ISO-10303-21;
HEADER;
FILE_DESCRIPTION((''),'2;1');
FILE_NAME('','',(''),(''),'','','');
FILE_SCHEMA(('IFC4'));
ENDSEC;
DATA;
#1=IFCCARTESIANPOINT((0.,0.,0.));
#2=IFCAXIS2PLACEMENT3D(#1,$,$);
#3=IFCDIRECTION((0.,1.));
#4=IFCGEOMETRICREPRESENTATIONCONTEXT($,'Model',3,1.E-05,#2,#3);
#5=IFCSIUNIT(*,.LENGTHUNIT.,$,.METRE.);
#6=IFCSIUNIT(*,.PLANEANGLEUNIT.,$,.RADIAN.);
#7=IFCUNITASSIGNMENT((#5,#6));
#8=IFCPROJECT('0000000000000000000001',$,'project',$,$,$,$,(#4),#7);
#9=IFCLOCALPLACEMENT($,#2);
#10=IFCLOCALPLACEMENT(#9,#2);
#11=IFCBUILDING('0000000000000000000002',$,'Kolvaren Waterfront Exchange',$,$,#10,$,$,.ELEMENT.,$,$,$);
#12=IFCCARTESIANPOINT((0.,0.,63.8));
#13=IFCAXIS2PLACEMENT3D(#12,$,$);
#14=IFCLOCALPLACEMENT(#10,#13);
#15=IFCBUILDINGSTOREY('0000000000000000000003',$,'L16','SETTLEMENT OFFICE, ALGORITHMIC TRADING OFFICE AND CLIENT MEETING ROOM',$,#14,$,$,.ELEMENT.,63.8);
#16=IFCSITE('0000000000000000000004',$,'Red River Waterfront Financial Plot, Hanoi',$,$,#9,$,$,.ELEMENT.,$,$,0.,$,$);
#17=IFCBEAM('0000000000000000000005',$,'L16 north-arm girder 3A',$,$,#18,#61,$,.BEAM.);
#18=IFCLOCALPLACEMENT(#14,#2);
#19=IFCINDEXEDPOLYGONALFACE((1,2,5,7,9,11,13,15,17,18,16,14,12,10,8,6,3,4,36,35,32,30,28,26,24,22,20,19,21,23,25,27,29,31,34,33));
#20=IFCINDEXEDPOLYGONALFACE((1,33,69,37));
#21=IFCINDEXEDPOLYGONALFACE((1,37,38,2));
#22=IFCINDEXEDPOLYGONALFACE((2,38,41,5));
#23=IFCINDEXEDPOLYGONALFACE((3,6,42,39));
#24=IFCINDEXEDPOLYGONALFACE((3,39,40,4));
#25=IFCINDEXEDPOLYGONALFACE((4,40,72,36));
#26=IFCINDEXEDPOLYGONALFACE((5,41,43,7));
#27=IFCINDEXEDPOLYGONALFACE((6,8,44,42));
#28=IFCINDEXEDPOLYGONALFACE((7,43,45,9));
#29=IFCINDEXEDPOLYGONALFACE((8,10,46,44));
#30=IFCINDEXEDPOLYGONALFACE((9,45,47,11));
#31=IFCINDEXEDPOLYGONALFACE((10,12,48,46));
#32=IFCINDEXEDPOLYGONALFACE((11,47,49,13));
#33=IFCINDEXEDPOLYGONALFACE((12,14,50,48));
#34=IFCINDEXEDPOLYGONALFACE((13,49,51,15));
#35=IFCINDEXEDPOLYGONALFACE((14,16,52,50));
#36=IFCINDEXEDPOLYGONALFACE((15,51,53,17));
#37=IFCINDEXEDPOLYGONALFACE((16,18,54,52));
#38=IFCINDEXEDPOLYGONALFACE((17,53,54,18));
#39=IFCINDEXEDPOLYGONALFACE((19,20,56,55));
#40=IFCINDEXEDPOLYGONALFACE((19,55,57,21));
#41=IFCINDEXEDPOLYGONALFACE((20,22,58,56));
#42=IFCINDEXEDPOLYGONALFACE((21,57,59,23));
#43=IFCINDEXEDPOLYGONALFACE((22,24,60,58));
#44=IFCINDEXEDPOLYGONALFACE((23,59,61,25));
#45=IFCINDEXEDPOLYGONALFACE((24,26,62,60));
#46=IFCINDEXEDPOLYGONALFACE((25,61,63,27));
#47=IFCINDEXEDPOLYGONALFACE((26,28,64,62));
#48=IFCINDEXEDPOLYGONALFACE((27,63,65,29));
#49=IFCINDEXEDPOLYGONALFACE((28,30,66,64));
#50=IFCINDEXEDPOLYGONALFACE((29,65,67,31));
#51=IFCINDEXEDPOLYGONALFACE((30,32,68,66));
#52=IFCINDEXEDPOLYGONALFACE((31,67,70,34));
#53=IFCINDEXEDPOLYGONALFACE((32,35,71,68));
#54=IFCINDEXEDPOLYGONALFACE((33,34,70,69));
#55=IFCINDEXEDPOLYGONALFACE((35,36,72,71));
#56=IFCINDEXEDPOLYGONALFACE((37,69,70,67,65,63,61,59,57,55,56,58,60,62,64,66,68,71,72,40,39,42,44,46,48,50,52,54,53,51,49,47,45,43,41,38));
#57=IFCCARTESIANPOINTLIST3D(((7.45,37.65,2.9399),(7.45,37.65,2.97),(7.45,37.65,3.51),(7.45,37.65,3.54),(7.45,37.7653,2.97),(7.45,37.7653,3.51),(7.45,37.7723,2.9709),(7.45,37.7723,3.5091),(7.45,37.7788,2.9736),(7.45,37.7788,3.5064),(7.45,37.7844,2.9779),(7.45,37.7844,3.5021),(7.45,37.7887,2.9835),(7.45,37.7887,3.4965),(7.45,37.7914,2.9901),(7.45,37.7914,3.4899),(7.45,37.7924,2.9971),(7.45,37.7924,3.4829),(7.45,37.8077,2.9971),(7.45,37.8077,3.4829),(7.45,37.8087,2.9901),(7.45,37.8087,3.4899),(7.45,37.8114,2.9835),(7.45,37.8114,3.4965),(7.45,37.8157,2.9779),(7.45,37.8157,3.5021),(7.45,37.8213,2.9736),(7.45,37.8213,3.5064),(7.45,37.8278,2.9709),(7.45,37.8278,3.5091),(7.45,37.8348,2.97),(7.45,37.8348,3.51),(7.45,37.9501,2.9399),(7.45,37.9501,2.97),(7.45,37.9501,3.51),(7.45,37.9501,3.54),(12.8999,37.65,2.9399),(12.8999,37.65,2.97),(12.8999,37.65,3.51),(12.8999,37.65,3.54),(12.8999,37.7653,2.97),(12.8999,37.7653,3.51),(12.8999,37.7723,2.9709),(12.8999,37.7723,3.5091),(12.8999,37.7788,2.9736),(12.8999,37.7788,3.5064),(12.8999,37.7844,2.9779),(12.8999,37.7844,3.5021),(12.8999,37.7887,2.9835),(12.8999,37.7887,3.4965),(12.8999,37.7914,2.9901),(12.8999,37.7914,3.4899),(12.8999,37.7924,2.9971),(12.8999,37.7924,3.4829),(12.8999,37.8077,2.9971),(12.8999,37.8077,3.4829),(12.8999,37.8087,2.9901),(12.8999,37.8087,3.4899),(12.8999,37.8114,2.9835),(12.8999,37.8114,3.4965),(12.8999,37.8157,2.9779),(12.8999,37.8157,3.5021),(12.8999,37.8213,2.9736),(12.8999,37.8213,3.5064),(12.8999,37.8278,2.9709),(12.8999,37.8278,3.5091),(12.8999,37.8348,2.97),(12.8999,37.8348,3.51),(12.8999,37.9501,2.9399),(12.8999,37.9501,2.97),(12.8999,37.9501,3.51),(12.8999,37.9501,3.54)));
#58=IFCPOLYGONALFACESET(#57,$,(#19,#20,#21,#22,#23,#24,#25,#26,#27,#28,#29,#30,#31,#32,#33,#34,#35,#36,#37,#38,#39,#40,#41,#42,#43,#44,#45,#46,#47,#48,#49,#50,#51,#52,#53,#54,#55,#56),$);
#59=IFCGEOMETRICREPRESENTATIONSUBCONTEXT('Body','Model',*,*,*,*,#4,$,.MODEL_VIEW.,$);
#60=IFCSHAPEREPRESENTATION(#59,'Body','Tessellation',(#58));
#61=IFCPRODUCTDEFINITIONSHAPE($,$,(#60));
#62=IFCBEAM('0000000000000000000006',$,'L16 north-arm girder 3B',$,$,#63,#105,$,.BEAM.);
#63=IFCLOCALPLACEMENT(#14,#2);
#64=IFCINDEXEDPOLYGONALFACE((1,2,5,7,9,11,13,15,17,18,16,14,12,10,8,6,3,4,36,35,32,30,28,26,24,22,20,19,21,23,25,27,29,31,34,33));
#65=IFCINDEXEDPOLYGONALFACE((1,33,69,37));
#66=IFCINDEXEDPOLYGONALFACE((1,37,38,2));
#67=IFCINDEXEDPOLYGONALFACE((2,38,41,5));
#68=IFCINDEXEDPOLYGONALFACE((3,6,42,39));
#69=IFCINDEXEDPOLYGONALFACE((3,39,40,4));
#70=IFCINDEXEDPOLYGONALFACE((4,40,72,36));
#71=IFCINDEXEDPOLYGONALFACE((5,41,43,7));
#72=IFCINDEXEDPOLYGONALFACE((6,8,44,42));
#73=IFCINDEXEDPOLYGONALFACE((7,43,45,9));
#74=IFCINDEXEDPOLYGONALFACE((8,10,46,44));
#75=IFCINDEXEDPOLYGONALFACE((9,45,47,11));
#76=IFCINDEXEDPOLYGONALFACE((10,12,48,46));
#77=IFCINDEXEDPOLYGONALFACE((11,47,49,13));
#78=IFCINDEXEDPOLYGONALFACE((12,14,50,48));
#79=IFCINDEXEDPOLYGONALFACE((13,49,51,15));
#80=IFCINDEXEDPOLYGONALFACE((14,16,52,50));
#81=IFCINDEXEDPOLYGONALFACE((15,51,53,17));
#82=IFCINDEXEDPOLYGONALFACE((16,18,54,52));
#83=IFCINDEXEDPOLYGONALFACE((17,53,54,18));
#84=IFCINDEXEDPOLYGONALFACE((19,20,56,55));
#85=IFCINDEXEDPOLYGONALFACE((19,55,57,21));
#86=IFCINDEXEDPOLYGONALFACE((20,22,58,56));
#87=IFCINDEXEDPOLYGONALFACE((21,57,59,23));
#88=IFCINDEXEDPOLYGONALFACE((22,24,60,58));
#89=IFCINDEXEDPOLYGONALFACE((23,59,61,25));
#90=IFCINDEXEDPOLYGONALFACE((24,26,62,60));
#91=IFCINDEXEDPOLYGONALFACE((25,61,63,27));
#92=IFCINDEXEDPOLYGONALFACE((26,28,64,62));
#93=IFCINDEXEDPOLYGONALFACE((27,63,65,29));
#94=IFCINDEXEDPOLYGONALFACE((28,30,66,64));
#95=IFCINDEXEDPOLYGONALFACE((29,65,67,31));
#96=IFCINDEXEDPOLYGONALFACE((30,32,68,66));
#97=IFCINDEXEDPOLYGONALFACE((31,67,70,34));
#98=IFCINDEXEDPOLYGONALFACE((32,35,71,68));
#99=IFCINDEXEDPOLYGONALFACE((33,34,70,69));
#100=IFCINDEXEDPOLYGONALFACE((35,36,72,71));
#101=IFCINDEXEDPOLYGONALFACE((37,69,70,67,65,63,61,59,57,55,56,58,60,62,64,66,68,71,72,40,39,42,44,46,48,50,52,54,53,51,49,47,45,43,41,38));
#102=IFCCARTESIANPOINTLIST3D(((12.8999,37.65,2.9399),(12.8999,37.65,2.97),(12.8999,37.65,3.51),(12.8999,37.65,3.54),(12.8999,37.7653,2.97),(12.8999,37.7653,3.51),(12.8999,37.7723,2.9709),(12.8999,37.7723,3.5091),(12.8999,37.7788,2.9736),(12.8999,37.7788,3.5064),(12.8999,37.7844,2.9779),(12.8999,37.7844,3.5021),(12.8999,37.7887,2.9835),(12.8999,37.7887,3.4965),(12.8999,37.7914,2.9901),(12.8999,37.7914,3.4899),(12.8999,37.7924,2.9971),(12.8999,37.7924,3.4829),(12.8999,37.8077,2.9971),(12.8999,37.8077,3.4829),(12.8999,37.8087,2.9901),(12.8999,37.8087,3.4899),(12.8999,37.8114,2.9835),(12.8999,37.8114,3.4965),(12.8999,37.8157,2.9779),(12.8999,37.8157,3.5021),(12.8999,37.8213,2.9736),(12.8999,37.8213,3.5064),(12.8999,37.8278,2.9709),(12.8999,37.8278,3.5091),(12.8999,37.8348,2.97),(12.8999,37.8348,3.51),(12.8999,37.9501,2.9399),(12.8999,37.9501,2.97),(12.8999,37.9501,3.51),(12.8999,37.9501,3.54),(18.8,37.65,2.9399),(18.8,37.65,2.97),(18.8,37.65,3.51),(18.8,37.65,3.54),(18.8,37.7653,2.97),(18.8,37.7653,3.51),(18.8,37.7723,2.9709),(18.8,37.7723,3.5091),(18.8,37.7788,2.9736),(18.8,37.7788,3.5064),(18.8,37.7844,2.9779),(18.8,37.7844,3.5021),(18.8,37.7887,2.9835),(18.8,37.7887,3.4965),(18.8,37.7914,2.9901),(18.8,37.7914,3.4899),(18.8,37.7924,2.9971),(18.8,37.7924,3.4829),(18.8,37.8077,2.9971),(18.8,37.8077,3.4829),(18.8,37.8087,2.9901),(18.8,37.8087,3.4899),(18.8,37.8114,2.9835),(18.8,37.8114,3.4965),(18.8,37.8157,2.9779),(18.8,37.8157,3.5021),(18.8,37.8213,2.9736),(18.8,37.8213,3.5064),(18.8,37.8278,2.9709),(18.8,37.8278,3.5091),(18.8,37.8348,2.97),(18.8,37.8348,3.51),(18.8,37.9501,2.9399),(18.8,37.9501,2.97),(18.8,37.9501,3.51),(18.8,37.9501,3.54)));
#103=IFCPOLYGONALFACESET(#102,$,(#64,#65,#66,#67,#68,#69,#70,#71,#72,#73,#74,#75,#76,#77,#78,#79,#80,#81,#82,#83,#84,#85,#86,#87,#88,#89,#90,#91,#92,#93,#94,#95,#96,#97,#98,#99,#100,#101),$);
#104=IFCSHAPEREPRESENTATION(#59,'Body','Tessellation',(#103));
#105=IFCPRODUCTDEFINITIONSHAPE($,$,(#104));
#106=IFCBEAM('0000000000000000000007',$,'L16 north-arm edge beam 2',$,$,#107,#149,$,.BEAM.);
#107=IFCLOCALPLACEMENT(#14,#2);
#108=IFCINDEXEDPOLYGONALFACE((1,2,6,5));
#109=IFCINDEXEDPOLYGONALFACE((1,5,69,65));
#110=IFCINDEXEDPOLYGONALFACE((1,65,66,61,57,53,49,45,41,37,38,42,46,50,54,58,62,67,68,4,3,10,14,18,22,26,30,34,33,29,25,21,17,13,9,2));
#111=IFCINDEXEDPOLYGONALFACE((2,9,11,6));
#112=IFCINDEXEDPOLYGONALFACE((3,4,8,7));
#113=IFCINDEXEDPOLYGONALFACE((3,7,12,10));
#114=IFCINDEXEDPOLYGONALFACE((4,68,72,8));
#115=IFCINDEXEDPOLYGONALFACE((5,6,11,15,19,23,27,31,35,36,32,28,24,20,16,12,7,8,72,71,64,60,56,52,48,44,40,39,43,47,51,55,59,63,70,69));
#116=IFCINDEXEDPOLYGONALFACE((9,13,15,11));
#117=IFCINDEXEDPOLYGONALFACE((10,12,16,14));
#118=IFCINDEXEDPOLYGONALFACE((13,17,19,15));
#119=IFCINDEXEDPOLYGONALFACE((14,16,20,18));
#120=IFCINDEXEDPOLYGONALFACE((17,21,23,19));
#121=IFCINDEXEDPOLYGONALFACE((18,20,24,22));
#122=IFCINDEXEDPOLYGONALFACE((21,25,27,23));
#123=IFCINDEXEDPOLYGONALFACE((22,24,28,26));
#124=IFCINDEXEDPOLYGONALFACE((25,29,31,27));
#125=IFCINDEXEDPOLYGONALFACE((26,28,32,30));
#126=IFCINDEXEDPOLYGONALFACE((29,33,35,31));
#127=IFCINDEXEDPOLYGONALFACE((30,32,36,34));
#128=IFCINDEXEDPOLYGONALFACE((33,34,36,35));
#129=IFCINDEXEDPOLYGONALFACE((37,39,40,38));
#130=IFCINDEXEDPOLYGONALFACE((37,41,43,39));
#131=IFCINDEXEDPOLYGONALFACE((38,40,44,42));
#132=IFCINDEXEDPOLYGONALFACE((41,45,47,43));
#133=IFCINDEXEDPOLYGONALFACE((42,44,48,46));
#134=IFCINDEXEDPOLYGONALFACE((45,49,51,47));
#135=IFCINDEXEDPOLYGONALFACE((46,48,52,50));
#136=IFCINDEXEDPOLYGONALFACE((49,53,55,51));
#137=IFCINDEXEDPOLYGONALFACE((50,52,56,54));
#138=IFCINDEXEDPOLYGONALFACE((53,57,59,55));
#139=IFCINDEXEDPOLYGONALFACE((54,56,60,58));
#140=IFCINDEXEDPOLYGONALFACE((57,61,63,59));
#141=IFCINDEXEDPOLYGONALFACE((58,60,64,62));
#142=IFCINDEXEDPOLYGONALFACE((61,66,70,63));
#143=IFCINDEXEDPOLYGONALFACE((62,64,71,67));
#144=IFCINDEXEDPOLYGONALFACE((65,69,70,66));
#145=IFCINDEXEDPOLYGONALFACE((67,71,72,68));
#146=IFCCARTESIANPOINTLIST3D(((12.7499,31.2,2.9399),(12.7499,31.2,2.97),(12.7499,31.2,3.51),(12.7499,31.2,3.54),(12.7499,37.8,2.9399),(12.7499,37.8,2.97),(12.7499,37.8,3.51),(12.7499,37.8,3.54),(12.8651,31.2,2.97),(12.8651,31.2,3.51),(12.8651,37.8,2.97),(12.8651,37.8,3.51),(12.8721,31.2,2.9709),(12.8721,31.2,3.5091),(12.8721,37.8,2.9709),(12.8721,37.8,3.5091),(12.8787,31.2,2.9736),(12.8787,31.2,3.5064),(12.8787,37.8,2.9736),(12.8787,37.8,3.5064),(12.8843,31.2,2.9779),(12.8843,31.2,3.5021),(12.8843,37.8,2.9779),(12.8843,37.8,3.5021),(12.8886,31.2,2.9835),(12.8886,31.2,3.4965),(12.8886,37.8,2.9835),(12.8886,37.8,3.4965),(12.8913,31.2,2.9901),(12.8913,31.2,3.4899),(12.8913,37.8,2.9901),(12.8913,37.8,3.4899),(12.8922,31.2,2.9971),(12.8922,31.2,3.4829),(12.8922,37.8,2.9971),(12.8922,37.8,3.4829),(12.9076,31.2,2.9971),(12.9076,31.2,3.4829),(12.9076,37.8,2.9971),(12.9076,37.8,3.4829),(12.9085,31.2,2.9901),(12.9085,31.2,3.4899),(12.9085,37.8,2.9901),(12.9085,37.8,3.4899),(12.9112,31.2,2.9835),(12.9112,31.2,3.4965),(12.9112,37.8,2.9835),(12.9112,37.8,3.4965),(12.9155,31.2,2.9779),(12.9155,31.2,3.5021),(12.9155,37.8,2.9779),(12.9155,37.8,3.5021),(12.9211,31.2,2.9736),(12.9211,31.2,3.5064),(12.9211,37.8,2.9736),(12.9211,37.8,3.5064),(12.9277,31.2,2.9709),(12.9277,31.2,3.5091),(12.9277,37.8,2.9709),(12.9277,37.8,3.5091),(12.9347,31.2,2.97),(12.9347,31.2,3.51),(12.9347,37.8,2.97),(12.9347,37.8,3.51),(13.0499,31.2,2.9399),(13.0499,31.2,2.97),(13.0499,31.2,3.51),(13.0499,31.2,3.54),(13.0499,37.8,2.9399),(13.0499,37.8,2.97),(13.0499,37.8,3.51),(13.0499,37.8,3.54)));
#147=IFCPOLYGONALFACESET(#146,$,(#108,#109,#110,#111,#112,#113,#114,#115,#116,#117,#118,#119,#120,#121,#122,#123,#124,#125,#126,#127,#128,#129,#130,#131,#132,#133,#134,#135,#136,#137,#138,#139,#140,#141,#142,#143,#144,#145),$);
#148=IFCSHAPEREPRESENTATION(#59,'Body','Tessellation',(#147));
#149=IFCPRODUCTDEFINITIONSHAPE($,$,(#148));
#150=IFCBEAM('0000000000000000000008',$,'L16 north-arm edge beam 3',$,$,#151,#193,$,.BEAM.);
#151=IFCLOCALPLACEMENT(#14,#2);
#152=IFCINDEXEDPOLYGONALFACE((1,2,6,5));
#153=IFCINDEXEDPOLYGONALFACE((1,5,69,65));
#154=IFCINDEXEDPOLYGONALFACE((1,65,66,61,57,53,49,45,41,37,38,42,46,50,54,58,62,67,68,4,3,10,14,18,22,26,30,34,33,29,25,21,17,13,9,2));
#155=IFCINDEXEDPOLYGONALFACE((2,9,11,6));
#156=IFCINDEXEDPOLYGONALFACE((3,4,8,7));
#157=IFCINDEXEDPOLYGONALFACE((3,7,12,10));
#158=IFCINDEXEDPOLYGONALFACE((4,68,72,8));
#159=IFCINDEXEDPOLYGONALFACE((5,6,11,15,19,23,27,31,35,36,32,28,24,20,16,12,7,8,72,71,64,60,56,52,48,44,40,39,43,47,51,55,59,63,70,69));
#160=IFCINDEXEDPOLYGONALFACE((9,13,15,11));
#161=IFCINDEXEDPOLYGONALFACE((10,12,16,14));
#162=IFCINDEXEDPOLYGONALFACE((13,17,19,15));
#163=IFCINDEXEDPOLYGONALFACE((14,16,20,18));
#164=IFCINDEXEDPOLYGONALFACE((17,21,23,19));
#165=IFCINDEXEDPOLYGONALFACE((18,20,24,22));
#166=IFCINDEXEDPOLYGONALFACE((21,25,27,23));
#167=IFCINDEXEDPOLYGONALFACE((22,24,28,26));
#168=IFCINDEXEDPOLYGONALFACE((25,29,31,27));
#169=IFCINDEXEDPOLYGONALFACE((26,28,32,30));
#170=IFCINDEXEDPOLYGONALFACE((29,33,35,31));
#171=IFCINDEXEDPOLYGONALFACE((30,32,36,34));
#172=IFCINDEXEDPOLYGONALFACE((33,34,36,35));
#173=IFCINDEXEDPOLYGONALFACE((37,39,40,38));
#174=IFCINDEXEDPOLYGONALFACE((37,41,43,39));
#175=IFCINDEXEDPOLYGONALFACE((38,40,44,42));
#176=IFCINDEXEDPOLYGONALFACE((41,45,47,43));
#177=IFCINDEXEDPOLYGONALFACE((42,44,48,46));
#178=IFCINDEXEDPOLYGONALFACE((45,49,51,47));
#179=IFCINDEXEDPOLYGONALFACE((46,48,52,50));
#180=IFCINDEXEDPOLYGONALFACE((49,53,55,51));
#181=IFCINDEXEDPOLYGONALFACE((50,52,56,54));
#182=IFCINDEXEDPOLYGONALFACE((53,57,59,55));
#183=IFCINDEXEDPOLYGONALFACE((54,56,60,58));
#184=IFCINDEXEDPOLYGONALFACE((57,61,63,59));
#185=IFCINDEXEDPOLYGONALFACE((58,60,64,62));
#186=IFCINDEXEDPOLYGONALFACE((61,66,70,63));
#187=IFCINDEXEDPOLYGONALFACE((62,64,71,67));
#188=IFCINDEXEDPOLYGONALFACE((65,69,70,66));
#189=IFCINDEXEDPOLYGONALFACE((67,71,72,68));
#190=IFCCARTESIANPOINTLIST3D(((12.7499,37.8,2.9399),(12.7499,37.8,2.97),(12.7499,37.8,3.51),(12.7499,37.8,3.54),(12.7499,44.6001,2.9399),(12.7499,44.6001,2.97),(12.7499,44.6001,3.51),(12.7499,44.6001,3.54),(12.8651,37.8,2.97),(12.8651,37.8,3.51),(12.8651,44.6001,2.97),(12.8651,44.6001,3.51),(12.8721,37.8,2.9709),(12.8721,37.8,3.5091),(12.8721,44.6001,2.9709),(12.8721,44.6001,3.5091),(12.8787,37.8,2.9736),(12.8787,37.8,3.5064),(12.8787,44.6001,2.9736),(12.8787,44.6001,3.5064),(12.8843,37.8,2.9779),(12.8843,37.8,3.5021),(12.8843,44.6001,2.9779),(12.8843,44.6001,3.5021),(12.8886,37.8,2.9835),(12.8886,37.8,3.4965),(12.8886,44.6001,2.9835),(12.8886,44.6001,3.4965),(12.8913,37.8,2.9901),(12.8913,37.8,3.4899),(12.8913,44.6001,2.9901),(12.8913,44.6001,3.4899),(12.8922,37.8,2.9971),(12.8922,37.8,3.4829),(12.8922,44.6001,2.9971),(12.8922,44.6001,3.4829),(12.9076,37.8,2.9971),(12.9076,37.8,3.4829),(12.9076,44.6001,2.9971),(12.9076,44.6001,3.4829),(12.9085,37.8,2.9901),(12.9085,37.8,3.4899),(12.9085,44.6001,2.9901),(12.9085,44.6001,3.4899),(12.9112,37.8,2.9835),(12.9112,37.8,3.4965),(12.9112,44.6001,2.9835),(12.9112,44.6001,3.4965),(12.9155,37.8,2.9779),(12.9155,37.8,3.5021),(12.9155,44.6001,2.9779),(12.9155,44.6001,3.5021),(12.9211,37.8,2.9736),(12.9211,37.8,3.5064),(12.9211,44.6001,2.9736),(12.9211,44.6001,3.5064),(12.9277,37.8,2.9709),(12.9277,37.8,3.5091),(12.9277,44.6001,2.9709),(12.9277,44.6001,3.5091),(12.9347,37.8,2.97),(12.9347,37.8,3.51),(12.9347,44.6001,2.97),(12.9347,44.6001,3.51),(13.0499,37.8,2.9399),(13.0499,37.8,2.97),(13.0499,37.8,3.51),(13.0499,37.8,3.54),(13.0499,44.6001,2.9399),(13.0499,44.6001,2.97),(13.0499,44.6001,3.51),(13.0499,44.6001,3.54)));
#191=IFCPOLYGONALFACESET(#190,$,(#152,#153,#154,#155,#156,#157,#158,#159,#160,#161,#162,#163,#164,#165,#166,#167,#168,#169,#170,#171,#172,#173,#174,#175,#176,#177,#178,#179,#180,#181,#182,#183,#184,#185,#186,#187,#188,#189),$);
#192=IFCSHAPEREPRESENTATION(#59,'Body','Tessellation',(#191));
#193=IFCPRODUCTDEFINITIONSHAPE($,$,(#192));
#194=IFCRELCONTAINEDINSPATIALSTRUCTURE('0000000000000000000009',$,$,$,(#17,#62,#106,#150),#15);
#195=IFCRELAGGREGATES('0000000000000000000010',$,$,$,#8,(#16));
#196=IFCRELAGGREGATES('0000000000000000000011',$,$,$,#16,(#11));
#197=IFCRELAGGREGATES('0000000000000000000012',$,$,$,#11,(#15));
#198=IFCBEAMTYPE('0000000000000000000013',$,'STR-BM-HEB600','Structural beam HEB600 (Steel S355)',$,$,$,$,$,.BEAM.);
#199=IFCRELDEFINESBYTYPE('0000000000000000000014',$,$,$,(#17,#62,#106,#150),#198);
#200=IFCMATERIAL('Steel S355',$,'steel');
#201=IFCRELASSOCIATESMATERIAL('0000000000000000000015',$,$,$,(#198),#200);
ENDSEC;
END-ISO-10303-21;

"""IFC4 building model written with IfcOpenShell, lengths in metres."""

from ifc_helpers import new_model, si_unit, direction, frame, origin, origin_2d, place, context, subcontext, project, spatial, i_section, extrude, material, material_profile, profile_set, type_object, element, save


model = new_model("IFC4")

# Units and contexts
model_context = context("Model", 3, precision=1e-05, world=origin(), true_north=direction((0.0, 1.0)))
body_context = subcontext(model_context, "Body", "Model", "MODEL_VIEW")
ifc_project = project(units=[si_unit("LENGTHUNIT", "METRE"), si_unit("PLANEANGLEUNIT", "RADIAN")], contexts=[model_context])

# Site, building, storey
site_placement = place(None, origin())
site = spatial("IfcSite", under=ifc_project, at=site_placement, Name="Red River Waterfront Financial Plot, Hanoi", CompositionType="ELEMENT", RefElevation=0.0)
building_placement = place(site_placement, origin())
building = spatial("IfcBuilding", under=site, at=building_placement, Name="Kolvaren Waterfront Exchange", CompositionType="ELEMENT")
storey_placement = place(building_placement, frame((0.0, 0.0, 63.8)))
storey = spatial("IfcBuildingStorey", under=building, at=storey_placement, Name="L16", Description="SETTLEMENT OFFICE, ALGORITHMIC TRADING OFFICE AND CLIENT MEETING ROOM", CompositionType="ELEMENT", Elevation=63.8)

# Beams
ifc_material_1 = material(Name="Steel S355", Category="steel")
ifc_material_profile_1 = material_profile(ifc_material_1, i_section(OverallWidth=0.3, OverallDepth=0.6001, WebThickness=0.0154, FlangeThickness=0.03, FilletRadius=0.0271, at=origin_2d()), Name="HEB600")
ifc_profile_set_1 = profile_set([ifc_material_profile_1], Name="Steel S355")
beam_type_1 = type_object("IfcBeamType", Name="STR-BM-HEB600", Description="Structural beam HEB600 (Steel S355)", PredefinedType="BEAM", material=ifc_profile_set_1)
beam_1_placement = place(storey_placement, frame((7.45, 37.8, 3.24), z_axis=(1.0, 0.0, 0.0), x_axis=(0.0, 1.0, 0.0)))
element("IfcBeam", 1, at=beam_1_placement, inside=storey, type_object=beam_type_1, Name="L16 north-arm girder 3A", PredefinedType="BEAM", context=body_context, shape_type="SweptSolid", body=[
    extrude(i_section(OverallWidth=0.3, OverallDepth=0.6001, WebThickness=0.0154, FlangeThickness=0.03, FilletRadius=0.0271, at=origin_2d()), origin(), (0.0, 0.0, 1.0), 5.45),
])
beam_2_placement = place(storey_placement, frame((12.8999, 37.8, 3.24), z_axis=(1.0, 0.0, 0.0), x_axis=(0.0, 1.0, 0.0)))
element("IfcBeam", 2, at=beam_2_placement, inside=storey, type_object=beam_type_1, Name="L16 north-arm girder 3B", PredefinedType="BEAM", context=body_context, shape_type="SweptSolid", body=[
    extrude(i_section(OverallWidth=0.3, OverallDepth=0.6001, WebThickness=0.0154, FlangeThickness=0.03, FilletRadius=0.0271, at=origin_2d()), origin(), (0.0, 0.0, 1.0), 5.9001),
])
beam_3_placement = place(storey_placement, frame((12.8999, 31.2, 3.24), z_axis=(0.0, 1.0, 0.0), x_axis=(-1.0, 0.0, 0.0)))
element("IfcBeam", 3, at=beam_3_placement, inside=storey, type_object=beam_type_1, Name="L16 north-arm edge beam 2", PredefinedType="BEAM", context=body_context, shape_type="SweptSolid", body=[
    extrude(i_section(OverallWidth=0.3, OverallDepth=0.6001, WebThickness=0.0154, FlangeThickness=0.03, FilletRadius=0.0271, at=origin_2d()), origin(), (0.0, 0.0, 1.0), 6.6001),
])
beam_4_placement = place(storey_placement, frame((12.8999, 37.8, 3.24), z_axis=(0.0, 1.0, 0.0), x_axis=(-1.0, 0.0, 0.0)))
element("IfcBeam", 4, at=beam_4_placement, inside=storey, type_object=beam_type_1, Name="L16 north-arm edge beam 3", PredefinedType="BEAM", context=body_context, shape_type="SweptSolid", body=[
    extrude(i_section(OverallWidth=0.3, OverallDepth=0.6001, WebThickness=0.0154, FlangeThickness=0.03, FilletRadius=0.0271, at=origin_2d()), origin(), (0.0, 0.0, 1.0), 6.8),
])

save(model, "model.ifc")
